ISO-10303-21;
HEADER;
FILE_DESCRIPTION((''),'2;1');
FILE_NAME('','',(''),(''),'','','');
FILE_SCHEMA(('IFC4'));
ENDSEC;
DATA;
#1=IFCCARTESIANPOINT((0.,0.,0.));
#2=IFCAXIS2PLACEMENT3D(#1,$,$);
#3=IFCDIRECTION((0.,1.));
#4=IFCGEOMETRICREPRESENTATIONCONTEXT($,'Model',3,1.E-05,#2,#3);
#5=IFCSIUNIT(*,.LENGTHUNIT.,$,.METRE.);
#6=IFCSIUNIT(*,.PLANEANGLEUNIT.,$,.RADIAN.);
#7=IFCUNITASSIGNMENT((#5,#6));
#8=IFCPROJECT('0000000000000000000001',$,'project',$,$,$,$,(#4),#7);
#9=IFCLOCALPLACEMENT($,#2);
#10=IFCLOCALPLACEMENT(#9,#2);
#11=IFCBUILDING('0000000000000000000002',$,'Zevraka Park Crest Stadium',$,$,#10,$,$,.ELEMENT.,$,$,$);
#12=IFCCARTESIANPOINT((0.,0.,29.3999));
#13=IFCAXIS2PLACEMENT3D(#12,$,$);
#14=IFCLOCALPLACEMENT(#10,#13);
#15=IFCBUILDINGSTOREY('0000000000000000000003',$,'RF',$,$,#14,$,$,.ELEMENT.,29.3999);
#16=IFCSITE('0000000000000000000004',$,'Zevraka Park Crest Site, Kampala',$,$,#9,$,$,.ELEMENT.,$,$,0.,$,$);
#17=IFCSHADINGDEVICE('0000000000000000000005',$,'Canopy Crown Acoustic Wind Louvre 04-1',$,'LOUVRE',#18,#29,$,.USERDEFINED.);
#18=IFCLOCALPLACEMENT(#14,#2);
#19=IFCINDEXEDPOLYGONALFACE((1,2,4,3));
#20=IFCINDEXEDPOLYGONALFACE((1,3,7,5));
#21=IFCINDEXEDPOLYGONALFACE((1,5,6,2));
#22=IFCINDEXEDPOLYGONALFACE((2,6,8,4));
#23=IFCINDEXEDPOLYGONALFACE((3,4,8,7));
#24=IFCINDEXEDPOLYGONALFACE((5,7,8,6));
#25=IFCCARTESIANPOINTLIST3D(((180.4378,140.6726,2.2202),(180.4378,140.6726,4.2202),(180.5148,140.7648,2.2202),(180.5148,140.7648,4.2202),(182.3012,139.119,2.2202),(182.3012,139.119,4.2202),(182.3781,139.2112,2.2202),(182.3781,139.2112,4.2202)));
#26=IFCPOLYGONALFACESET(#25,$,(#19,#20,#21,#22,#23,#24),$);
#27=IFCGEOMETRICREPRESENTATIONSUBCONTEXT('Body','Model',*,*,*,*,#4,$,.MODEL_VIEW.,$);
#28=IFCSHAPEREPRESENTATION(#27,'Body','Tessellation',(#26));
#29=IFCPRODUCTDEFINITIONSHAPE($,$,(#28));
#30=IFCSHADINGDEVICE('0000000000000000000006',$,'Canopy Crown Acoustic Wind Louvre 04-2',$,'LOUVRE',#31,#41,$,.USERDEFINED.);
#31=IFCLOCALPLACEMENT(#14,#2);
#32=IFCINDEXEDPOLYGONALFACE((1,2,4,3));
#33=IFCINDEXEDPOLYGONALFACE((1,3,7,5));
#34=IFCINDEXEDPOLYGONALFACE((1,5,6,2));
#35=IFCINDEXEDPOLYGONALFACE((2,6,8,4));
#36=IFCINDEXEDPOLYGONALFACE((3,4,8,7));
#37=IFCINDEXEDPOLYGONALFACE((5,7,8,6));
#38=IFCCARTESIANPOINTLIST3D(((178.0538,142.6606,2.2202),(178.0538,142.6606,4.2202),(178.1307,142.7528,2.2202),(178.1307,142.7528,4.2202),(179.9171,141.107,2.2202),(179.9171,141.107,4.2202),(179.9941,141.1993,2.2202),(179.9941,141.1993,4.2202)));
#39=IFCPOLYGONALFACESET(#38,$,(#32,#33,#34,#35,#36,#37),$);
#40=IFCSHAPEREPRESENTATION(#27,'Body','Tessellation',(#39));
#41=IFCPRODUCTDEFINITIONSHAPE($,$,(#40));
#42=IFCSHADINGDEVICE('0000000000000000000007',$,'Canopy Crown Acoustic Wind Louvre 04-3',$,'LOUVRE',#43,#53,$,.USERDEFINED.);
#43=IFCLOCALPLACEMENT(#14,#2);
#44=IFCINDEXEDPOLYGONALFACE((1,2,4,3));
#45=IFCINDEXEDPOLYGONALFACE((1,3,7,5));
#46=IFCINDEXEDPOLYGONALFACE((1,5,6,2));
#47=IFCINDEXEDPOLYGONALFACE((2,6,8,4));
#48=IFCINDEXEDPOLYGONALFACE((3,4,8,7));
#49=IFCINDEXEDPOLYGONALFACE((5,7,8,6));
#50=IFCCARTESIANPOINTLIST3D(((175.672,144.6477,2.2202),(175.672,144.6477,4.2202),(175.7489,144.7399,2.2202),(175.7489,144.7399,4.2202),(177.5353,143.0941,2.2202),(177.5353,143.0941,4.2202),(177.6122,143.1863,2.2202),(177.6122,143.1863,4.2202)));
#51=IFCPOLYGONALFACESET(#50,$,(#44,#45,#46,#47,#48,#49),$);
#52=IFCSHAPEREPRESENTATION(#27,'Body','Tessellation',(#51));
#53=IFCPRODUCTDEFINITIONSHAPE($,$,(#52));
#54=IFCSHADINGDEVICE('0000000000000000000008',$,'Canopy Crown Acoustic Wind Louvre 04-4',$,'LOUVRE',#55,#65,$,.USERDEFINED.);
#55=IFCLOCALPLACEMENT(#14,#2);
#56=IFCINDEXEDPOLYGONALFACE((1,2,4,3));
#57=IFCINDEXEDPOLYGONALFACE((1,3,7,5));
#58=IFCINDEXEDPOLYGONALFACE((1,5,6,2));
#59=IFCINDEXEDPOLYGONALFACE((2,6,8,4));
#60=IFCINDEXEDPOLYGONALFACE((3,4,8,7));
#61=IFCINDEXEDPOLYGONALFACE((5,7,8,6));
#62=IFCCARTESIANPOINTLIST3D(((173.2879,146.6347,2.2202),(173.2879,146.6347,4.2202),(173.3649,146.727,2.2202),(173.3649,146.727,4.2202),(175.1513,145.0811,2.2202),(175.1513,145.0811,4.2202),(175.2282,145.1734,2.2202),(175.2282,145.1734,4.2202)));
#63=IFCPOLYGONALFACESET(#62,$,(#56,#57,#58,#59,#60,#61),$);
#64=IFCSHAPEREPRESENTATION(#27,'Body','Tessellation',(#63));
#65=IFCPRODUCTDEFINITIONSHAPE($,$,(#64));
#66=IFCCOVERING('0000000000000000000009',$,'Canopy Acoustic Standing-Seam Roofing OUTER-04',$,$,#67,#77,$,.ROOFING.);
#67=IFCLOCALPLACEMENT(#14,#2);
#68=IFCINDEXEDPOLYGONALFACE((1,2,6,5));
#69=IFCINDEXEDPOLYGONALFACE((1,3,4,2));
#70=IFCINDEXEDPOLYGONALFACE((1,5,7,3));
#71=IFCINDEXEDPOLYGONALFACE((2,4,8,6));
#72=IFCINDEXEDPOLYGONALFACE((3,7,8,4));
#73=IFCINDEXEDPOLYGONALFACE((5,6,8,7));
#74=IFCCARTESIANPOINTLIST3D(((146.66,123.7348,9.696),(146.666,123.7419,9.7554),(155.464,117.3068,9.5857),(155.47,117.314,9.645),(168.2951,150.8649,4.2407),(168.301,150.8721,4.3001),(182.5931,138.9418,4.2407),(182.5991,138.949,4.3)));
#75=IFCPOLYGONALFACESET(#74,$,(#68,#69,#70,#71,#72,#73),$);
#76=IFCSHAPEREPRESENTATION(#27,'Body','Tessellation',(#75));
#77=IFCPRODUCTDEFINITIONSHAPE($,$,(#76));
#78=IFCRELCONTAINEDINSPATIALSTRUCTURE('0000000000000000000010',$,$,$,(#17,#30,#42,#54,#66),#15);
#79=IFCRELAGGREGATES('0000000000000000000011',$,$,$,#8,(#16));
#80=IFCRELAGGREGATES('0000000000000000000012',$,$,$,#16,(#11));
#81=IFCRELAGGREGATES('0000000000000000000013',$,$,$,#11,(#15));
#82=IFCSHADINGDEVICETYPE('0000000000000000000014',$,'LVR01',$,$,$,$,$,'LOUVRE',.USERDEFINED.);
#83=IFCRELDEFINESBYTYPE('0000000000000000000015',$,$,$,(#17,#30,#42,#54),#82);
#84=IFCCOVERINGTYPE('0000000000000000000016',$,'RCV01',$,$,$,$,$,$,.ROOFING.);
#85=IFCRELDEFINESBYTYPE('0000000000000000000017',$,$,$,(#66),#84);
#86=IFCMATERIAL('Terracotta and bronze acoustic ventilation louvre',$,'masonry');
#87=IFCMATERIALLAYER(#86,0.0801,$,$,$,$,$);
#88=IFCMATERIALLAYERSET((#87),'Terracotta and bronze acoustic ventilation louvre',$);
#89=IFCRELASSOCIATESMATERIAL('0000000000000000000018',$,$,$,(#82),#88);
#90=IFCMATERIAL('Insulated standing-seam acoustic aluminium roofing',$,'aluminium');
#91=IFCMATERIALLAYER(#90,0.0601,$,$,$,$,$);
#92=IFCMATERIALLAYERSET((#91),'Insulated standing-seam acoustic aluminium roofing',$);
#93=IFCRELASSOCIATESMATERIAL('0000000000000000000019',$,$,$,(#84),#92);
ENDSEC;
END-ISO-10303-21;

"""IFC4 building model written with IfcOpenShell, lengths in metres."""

from ifc_helpers import new_model, si_unit, direction, frame, origin, origin_2d, place, context, subcontext, project, spatial, polyline, rectangle, outline, extrude, material, layer, layer_set, type_object, element, save


model = new_model("IFC4")

# Units and contexts
model_context = context("Model", 3, precision=1e-05, world=origin(), true_north=direction((0.0, 1.0)))
body_context = subcontext(model_context, "Body", "Model", "MODEL_VIEW")
ifc_project = project(units=[si_unit("LENGTHUNIT", "METRE"), si_unit("PLANEANGLEUNIT", "RADIAN")], contexts=[model_context])

# Site, building, storey
site_placement = place(None, origin())
site = spatial("IfcSite", under=ifc_project, at=site_placement, Name="Zevraka Park Crest Site, Kampala", CompositionType="ELEMENT", RefElevation=0.0)
building_placement = place(site_placement, origin())
building = spatial("IfcBuilding", under=site, at=building_placement, Name="Zevraka Park Crest Stadium", CompositionType="ELEMENT")
storey_placement = place(building_placement, frame((0.0, 0.0, 29.3999)))
storey = spatial("IfcBuildingStorey", under=building, at=storey_placement, Name="RF", CompositionType="ELEMENT", Elevation=29.3999)

# Shading devices
ifc_material_1 = material(Name="Terracotta and bronze acoustic ventilation louvre", Category="masonry")
ifc_layer_1 = layer(ifc_material_1, 0.0801)
ifc_layer_set_1 = layer_set([ifc_layer_1], Name="Terracotta and bronze acoustic ventilation louvre")
shading_device_type = type_object("IfcShadingDeviceType", Name="LVR01", ElementType="LOUVRE", PredefinedType="USERDEFINED", material=ifc_layer_set_1)
for number, where, z_axis, x_axis, name in (
    (1, (181.408, 139.9419, 2.2202), (0.0, 0.0, 1.0), (-0.76806, 0.640378, 0.0), "Canopy Crown Acoustic Wind Louvre 04-1"),
    (2, (179.0239, 141.9299, 2.2202), (0.0, 0.0, 1.0), (-0.76806, 0.640378, 0.0), "Canopy Crown Acoustic Wind Louvre 04-2"),
    (3, (176.6421, 143.917, 2.2202), (0.0, 0.0, 1.0), (-0.76806, 0.640378, 0.0), "Canopy Crown Acoustic Wind Louvre 04-3"),
    (4, (174.2581, 145.9041, 2.2202), (0.0, 0.0, 1.0), (-0.76806, 0.640378, 0.0), "Canopy Crown Acoustic Wind Louvre 04-4"),
):
    element("IfcShadingDevice", number, at=place(storey_placement, frame(where, z_axis=z_axis, x_axis=x_axis)), inside=storey, type_object=shading_device_type, Name=name, ObjectType="LOUVRE", PredefinedType="USERDEFINED", context=body_context, shape_type="SweptSolid", body=[
        extrude(rectangle(XDim=2.426, YDim=0.1201, at=origin_2d()), origin(), (0.0, 0.0, 1.0), 2.0),
    ])

# Covering
ifc_material_2 = material(Name="Insulated standing-seam acoustic aluminium roofing", Category="aluminium")
ifc_layer_2 = layer(ifc_material_2, 0.0601)
ifc_layer_set_2 = layer_set([ifc_layer_2], Name="Insulated standing-seam acoustic aluminium roofing")
covering_type_1 = type_object("IfcCoveringType", Name="RCV01", PredefinedType="ROOFING", material=ifc_layer_set_2)
covering_1_placement = place(storey_placement, frame((182.5991, 138.949, 4.3), z_axis=(0.099487, 0.119303, 0.987861), x_axis=(-0.768009, 0.640439, 0.000001)))
element("IfcCovering", 5, at=covering_1_placement, inside=storey, type_object=covering_type_1, Name="Canopy Acoustic Standing-Seam Roofing OUTER-04", PredefinedType="ROOFING", context=body_context, shape_type="SweptSolid", body=[
    extrude(outline(polyline([(0.0, 0.0), (18.6171, 0.0), (17.8578, 35.1184), (6.9796, 34.4081), (0.0, 0.0)])), origin(), (0.0, 0.0, -1.0), 0.0601),
])

save(model, "model.ifc")
